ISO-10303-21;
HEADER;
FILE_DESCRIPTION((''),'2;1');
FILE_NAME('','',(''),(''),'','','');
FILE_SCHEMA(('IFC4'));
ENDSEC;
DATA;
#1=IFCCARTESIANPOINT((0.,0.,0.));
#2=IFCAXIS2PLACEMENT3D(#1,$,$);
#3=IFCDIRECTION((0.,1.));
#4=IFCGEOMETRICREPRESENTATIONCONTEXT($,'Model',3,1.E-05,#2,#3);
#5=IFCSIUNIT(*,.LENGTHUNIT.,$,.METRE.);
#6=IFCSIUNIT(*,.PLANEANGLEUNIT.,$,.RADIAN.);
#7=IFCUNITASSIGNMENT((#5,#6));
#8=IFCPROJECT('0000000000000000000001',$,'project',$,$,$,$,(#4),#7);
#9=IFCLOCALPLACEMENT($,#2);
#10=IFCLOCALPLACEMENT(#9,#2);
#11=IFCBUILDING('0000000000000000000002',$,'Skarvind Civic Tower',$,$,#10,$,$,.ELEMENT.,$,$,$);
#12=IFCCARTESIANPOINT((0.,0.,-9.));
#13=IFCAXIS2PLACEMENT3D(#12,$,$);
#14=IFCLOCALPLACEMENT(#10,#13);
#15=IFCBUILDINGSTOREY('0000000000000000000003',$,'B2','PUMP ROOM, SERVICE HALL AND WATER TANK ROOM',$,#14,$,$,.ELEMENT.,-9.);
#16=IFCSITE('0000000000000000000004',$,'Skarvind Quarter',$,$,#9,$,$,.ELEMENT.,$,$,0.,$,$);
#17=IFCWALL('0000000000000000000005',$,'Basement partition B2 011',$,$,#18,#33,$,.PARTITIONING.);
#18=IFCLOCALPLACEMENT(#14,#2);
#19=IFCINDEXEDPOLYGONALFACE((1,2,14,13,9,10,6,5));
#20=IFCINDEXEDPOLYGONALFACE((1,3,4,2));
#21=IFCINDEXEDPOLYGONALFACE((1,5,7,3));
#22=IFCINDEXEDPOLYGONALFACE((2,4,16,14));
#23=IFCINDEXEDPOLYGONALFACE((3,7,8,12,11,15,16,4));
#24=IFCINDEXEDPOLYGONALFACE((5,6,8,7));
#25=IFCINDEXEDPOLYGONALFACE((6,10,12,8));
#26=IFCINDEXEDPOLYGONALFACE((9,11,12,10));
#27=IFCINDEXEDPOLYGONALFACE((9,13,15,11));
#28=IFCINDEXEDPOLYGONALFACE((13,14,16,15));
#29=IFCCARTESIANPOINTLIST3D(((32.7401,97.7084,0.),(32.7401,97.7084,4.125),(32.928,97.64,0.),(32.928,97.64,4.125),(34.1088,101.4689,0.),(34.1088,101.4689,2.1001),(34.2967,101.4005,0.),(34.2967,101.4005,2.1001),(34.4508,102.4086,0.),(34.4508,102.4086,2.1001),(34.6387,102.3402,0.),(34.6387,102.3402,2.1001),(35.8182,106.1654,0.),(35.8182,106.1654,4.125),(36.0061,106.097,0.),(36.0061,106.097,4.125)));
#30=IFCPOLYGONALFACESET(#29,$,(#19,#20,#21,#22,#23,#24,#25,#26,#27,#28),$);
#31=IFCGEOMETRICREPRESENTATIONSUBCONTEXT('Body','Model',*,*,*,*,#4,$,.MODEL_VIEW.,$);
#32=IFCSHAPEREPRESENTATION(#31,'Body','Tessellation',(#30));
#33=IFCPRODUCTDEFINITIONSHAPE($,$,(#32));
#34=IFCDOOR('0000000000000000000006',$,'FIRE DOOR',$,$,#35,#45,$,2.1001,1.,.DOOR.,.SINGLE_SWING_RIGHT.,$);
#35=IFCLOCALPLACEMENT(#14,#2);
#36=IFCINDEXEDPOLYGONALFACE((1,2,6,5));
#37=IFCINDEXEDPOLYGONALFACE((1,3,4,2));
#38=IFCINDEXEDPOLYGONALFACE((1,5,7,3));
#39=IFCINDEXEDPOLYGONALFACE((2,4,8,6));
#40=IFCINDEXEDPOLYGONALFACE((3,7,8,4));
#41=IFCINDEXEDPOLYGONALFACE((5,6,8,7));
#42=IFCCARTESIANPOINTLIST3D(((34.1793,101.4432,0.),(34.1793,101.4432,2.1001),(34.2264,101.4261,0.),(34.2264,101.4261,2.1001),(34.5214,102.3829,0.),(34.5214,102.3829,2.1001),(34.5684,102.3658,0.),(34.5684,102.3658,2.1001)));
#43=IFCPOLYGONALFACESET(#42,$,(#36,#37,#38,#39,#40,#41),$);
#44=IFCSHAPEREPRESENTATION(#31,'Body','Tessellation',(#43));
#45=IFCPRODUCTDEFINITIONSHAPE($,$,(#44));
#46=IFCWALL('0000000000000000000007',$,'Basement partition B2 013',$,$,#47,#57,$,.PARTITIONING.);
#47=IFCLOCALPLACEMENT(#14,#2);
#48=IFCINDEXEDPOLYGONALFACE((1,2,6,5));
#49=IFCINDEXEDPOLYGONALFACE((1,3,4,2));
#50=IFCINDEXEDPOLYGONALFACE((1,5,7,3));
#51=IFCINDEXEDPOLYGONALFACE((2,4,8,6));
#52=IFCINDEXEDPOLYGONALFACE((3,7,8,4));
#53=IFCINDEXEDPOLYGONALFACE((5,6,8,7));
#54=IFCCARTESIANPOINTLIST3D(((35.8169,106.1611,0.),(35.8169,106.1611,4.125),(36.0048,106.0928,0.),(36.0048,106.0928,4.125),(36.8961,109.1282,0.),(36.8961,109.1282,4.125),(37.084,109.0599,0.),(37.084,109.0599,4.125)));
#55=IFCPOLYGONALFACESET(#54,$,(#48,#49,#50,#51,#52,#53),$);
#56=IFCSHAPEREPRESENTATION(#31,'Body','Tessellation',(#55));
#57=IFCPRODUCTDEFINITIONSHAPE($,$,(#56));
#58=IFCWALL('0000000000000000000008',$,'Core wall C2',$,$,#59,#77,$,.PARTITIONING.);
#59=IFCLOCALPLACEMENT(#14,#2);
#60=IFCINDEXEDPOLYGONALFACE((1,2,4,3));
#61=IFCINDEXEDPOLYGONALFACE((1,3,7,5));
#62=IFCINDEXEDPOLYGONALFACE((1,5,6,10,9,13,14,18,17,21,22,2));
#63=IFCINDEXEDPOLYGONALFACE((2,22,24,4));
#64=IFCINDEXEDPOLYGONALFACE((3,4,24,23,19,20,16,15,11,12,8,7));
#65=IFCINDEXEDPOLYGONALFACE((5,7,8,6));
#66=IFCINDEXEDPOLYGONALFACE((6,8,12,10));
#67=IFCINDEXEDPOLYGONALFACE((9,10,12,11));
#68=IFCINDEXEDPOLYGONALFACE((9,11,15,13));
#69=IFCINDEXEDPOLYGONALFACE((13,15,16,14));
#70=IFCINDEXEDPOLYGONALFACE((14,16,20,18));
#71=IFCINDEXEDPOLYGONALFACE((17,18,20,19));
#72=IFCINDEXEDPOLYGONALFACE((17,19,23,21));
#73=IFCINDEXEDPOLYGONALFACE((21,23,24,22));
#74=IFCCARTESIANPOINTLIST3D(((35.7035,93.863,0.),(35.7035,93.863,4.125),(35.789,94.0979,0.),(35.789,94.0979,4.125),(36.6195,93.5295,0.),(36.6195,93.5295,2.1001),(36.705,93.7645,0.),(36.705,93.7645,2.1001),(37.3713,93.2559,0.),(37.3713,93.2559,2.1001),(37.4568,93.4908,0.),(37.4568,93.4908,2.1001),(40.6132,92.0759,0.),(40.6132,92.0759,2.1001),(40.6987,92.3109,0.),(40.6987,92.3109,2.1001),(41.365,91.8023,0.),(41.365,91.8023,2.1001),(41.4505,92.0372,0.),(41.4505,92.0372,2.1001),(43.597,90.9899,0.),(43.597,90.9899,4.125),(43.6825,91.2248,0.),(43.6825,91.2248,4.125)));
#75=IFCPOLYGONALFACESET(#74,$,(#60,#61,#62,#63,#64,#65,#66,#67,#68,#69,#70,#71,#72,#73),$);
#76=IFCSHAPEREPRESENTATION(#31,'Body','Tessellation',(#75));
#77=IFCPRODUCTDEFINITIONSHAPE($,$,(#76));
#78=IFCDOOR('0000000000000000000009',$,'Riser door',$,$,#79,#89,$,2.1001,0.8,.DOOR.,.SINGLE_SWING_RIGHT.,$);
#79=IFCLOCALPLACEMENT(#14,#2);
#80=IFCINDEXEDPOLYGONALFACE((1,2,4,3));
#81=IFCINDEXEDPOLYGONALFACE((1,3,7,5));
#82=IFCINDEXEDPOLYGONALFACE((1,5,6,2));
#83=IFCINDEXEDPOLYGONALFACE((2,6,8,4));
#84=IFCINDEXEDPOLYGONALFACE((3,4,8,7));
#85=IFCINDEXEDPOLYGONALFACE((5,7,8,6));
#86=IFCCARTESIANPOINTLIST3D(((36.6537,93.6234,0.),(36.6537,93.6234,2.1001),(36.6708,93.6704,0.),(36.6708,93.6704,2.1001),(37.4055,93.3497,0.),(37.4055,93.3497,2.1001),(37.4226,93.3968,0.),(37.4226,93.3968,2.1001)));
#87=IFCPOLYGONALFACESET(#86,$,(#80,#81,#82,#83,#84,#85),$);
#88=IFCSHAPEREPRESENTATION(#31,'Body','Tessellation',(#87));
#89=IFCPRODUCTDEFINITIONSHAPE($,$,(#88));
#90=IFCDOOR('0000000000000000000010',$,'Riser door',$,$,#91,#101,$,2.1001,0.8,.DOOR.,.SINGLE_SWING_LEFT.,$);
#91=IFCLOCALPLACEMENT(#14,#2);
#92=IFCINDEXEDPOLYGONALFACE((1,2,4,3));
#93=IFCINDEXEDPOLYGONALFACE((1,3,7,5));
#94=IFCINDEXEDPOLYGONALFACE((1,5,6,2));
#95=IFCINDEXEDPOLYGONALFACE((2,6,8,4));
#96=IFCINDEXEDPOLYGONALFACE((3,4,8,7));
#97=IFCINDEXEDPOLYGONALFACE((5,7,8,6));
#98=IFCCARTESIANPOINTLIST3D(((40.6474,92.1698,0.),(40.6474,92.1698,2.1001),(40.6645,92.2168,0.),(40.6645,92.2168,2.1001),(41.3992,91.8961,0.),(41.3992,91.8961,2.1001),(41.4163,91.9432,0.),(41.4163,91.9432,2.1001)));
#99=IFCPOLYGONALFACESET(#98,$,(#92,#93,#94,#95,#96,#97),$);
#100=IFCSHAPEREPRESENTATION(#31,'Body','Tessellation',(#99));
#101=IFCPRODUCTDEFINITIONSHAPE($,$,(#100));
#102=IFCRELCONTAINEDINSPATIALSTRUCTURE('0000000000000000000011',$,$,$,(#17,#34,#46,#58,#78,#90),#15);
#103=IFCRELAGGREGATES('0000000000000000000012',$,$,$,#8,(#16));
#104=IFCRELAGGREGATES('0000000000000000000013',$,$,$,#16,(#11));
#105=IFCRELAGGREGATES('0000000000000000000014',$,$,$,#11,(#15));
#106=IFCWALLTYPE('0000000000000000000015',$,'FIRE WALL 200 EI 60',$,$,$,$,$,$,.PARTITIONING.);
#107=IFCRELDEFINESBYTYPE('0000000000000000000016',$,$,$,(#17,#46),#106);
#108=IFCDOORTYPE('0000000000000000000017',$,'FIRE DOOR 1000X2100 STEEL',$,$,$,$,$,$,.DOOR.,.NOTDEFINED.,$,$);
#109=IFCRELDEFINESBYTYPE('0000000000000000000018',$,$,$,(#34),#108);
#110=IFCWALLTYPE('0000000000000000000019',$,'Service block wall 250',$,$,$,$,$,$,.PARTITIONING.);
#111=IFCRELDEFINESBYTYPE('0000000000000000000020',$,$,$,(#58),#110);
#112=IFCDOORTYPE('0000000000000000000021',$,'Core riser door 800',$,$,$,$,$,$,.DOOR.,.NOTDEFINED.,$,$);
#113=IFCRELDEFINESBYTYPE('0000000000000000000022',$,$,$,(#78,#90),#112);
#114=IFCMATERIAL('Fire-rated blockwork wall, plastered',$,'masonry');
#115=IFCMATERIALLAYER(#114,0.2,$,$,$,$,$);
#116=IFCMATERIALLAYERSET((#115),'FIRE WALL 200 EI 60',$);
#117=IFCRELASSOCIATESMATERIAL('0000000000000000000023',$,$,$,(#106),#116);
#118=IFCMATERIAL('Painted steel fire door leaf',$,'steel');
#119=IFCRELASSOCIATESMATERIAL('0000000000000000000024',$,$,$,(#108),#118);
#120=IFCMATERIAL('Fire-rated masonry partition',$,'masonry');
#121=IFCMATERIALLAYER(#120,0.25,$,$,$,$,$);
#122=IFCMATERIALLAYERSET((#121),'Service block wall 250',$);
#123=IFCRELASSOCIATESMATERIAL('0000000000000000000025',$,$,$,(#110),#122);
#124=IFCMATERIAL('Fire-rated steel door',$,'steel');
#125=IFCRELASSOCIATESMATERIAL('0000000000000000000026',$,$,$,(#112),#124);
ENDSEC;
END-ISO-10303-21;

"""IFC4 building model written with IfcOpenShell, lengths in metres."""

from ifc_helpers import new_model, si_unit, direction, frame, frame_2d, origin, place, context, subcontext, project, spatial, rectangle, extrude, material, layer, layer_set, type_object, element, fill, save


model = new_model("IFC4")

# Units and contexts
model_context = context("Model", 3, precision=1e-05, world=origin(), true_north=direction((0.0, 1.0)))
body_context = subcontext(model_context, "Body", "Model", "MODEL_VIEW")
ifc_project = project(units=[si_unit("LENGTHUNIT", "METRE"), si_unit("PLANEANGLEUNIT", "RADIAN")], contexts=[model_context])

# Site, building, storey
site_placement = place(None, origin())
site = spatial("IfcSite", under=ifc_project, at=site_placement, Name="Skarvind Quarter", CompositionType="ELEMENT", RefElevation=0.0)
building_placement = place(site_placement, origin())
building = spatial("IfcBuilding", under=site, at=building_placement, Name="Skarvind Civic Tower", CompositionType="ELEMENT")
storey_placement = place(building_placement, frame((0.0, 0.0, -9.0)))
storey = spatial("IfcBuildingStorey", under=building, at=storey_placement, Name="B2", Description="PUMP ROOM, SERVICE HALL AND WATER TANK ROOM", CompositionType="ELEMENT", Elevation=-9.0)

# Shared definitions
ifc_material_1 = material(Name="Fire-rated masonry partition", Category="masonry")
ifc_material_2 = material(Name="Fire-rated steel door", Category="steel")

# Wall, opening, door
ifc_material_3 = material(Name="Fire-rated blockwork wall, plastered", Category="masonry")
ifc_layer_1 = layer(ifc_material_3, 0.2)
ifc_layer_set_1 = layer_set([ifc_layer_1], Name="FIRE WALL 200 EI 60")
wall_type_1 = type_object("IfcWallType", Name="FIRE WALL 200 EI 60", PredefinedType="PARTITIONING", material=ifc_layer_set_1)
wall_1_placement = place(storey_placement, frame((32.834, 97.6741, 0.0), z_axis=(0.0, 0.0, 1.0), x_axis=(0.342022, 0.939692, 0.0)))
wall_1 = element("IfcWall", 1, at=wall_1_placement, inside=storey, type_object=wall_type_1, Name="Basement partition B2 011", PredefinedType="PARTITIONING", context=body_context, shape_type="SweptSolid", body=[
    extrude(rectangle(XDim=8.9998, YDim=0.2, at=frame_2d((4.5, 0.0))), origin(), (0.0, 0.0, 1.0), 4.125),
])
opening_1_placement = place(wall_1_placement, frame((4.002, 0.0, 0.0)))
opening_1 = element("IfcOpeningElement", 2, at=opening_1_placement, cuts=wall_1, PredefinedType="OPENING", context=body_context, shape_type="SweptSolid", body=[
    extrude(rectangle(XDim=1.0, YDim=2.1001, at=frame_2d((0.5, 1.05))), frame((0.0, 0.1099, 0.0), z_axis=(0.0, -1.0, 0.0), x_axis=(1.0, 0.0, 0.0)), (0.0, 0.0, 1.0), 0.22),
])
ifc_material_4 = material(Name="Painted steel fire door leaf", Category="steel")
door_type_1 = type_object("IfcDoorType", Name="FIRE DOOR 1000X2100 STEEL", OperationType="NOTDEFINED", PredefinedType="DOOR", material=ifc_material_4)
door_1_placement = place(opening_1_placement, origin())
door_1 = element("IfcDoor", 3, at=door_1_placement, inside=storey, type_object=door_type_1, Name="FIRE DOOR", OperationType="SINGLE_SWING_RIGHT", OverallHeight=2.1001, OverallWidth=1.0, PredefinedType="DOOR", context=body_context, shape_type="SweptSolid", body=[
    extrude(rectangle(XDim=1.0, YDim=2.1001, at=frame_2d((0.5, 1.05))), frame((0.0, 0.0249, 0.0), z_axis=(0.0, -1.0, 0.0), x_axis=(1.0, 0.0, 0.0)), (0.0, 0.0, 1.0), 0.05),
])
fill(opening_1, door_1)

# Wall
wall_2_placement = place(storey_placement, frame((35.9109, 106.127, 0.0), z_axis=(0.0, 0.0, 1.0), x_axis=(0.341793, 0.939775, 0.0)))
element("IfcWall", 4, at=wall_2_placement, inside=storey, type_object=wall_type_1, Name="Basement partition B2 013", PredefinedType="PARTITIONING", context=body_context, shape_type="SweptSolid", body=[
    extrude(rectangle(XDim=3.1572, YDim=0.2, at=frame_2d((1.5786, 0.0))), origin(), (0.0, 0.0, 1.0), 4.125),
])

# Wall, openings, doors
ifc_layer_2 = layer(ifc_material_1, 0.25)
ifc_layer_set_2 = layer_set([ifc_layer_2], Name="Service block wall 250")
wall_type_2 = type_object("IfcWallType", Name="Service block wall 250", PredefinedType="PARTITIONING", material=ifc_layer_set_2)
wall_3_placement = place(storey_placement, frame((35.7461, 93.9805, 0.0), z_axis=(0.0, 0.0, 1.0), x_axis=(0.939692, -0.342023, 0.0)))
wall_3 = element("IfcWall", 5, at=wall_3_placement, inside=storey, type_object=wall_type_2, Name="Core wall C2", PredefinedType="PARTITIONING", context=body_context, shape_type="SweptSolid", body=[
    extrude(rectangle(XDim=8.4001, YDim=0.25, at=frame_2d((4.2002, 0.0))), origin(), (0.0, 0.0, 1.0), 4.125),
])
opening_2_placement = place(wall_3_placement, frame((0.9751, 0.0, 0.0)))
opening_2 = element("IfcOpeningElement", 6, at=opening_2_placement, cuts=wall_3, PredefinedType="OPENING", context=body_context, shape_type="SweptSolid", body=[
    extrude(rectangle(XDim=0.8, YDim=2.1001, at=frame_2d((0.3999, 1.05))), frame((0.0, 0.135, 0.0), z_axis=(0.0, -1.0, 0.0), x_axis=(1.0, 0.0, 0.0)), (0.0, 0.0, 1.0), 0.27),
])
opening_3_placement = place(wall_3_placement, frame((5.2251, 0.0, 0.0)))
opening_3 = element("IfcOpeningElement", 7, at=opening_3_placement, cuts=wall_3, PredefinedType="OPENING", context=body_context, shape_type="SweptSolid", body=[
    extrude(rectangle(XDim=0.8, YDim=2.1001, at=frame_2d((0.3999, 1.05))), frame((0.0, 0.135, 0.0), z_axis=(0.0, -1.0, 0.0), x_axis=(1.0, 0.0, 0.0)), (0.0, 0.0, 1.0), 0.27),
])
door_type_2 = type_object("IfcDoorType", Name="Core riser door 800", OperationType="NOTDEFINED", PredefinedType="DOOR", material=ifc_material_2)
door_2_placement = place(opening_2_placement, origin())
door_2 = element("IfcDoor", 8, at=door_2_placement, inside=storey, type_object=door_type_2, Name="Riser door", OperationType="SINGLE_SWING_RIGHT", OverallHeight=2.1001, OverallWidth=0.8, PredefinedType="DOOR", context=body_context, shape_type="SweptSolid", body=[
    extrude(rectangle(XDim=0.8, YDim=2.1001, at=frame_2d((0.3999, 1.05))), frame((0.0, 0.0249, 0.0), z_axis=(0.0, -1.0, 0.0), x_axis=(1.0, 0.0, 0.0)), (0.0, 0.0, 1.0), 0.05),
])
fill(opening_2, door_2)
door_3_placement = place(opening_3_placement, origin())
door_3 = element("IfcDoor", 9, at=door_3_placement, inside=storey, type_object=door_type_2, Name="Riser door", OperationType="SINGLE_SWING_LEFT", OverallHeight=2.1001, OverallWidth=0.8, PredefinedType="DOOR", context=body_context, shape_type="SweptSolid", body=[
    extrude(rectangle(XDim=0.8, YDim=2.1001, at=frame_2d((0.3999, 1.05))), frame((0.0, 0.0249, 0.0), z_axis=(0.0, -1.0, 0.0), x_axis=(1.0, 0.0, 0.0)), (0.0, 0.0, 1.0), 0.05),
])
fill(opening_3, door_3)

save(model, "model.ifc")
